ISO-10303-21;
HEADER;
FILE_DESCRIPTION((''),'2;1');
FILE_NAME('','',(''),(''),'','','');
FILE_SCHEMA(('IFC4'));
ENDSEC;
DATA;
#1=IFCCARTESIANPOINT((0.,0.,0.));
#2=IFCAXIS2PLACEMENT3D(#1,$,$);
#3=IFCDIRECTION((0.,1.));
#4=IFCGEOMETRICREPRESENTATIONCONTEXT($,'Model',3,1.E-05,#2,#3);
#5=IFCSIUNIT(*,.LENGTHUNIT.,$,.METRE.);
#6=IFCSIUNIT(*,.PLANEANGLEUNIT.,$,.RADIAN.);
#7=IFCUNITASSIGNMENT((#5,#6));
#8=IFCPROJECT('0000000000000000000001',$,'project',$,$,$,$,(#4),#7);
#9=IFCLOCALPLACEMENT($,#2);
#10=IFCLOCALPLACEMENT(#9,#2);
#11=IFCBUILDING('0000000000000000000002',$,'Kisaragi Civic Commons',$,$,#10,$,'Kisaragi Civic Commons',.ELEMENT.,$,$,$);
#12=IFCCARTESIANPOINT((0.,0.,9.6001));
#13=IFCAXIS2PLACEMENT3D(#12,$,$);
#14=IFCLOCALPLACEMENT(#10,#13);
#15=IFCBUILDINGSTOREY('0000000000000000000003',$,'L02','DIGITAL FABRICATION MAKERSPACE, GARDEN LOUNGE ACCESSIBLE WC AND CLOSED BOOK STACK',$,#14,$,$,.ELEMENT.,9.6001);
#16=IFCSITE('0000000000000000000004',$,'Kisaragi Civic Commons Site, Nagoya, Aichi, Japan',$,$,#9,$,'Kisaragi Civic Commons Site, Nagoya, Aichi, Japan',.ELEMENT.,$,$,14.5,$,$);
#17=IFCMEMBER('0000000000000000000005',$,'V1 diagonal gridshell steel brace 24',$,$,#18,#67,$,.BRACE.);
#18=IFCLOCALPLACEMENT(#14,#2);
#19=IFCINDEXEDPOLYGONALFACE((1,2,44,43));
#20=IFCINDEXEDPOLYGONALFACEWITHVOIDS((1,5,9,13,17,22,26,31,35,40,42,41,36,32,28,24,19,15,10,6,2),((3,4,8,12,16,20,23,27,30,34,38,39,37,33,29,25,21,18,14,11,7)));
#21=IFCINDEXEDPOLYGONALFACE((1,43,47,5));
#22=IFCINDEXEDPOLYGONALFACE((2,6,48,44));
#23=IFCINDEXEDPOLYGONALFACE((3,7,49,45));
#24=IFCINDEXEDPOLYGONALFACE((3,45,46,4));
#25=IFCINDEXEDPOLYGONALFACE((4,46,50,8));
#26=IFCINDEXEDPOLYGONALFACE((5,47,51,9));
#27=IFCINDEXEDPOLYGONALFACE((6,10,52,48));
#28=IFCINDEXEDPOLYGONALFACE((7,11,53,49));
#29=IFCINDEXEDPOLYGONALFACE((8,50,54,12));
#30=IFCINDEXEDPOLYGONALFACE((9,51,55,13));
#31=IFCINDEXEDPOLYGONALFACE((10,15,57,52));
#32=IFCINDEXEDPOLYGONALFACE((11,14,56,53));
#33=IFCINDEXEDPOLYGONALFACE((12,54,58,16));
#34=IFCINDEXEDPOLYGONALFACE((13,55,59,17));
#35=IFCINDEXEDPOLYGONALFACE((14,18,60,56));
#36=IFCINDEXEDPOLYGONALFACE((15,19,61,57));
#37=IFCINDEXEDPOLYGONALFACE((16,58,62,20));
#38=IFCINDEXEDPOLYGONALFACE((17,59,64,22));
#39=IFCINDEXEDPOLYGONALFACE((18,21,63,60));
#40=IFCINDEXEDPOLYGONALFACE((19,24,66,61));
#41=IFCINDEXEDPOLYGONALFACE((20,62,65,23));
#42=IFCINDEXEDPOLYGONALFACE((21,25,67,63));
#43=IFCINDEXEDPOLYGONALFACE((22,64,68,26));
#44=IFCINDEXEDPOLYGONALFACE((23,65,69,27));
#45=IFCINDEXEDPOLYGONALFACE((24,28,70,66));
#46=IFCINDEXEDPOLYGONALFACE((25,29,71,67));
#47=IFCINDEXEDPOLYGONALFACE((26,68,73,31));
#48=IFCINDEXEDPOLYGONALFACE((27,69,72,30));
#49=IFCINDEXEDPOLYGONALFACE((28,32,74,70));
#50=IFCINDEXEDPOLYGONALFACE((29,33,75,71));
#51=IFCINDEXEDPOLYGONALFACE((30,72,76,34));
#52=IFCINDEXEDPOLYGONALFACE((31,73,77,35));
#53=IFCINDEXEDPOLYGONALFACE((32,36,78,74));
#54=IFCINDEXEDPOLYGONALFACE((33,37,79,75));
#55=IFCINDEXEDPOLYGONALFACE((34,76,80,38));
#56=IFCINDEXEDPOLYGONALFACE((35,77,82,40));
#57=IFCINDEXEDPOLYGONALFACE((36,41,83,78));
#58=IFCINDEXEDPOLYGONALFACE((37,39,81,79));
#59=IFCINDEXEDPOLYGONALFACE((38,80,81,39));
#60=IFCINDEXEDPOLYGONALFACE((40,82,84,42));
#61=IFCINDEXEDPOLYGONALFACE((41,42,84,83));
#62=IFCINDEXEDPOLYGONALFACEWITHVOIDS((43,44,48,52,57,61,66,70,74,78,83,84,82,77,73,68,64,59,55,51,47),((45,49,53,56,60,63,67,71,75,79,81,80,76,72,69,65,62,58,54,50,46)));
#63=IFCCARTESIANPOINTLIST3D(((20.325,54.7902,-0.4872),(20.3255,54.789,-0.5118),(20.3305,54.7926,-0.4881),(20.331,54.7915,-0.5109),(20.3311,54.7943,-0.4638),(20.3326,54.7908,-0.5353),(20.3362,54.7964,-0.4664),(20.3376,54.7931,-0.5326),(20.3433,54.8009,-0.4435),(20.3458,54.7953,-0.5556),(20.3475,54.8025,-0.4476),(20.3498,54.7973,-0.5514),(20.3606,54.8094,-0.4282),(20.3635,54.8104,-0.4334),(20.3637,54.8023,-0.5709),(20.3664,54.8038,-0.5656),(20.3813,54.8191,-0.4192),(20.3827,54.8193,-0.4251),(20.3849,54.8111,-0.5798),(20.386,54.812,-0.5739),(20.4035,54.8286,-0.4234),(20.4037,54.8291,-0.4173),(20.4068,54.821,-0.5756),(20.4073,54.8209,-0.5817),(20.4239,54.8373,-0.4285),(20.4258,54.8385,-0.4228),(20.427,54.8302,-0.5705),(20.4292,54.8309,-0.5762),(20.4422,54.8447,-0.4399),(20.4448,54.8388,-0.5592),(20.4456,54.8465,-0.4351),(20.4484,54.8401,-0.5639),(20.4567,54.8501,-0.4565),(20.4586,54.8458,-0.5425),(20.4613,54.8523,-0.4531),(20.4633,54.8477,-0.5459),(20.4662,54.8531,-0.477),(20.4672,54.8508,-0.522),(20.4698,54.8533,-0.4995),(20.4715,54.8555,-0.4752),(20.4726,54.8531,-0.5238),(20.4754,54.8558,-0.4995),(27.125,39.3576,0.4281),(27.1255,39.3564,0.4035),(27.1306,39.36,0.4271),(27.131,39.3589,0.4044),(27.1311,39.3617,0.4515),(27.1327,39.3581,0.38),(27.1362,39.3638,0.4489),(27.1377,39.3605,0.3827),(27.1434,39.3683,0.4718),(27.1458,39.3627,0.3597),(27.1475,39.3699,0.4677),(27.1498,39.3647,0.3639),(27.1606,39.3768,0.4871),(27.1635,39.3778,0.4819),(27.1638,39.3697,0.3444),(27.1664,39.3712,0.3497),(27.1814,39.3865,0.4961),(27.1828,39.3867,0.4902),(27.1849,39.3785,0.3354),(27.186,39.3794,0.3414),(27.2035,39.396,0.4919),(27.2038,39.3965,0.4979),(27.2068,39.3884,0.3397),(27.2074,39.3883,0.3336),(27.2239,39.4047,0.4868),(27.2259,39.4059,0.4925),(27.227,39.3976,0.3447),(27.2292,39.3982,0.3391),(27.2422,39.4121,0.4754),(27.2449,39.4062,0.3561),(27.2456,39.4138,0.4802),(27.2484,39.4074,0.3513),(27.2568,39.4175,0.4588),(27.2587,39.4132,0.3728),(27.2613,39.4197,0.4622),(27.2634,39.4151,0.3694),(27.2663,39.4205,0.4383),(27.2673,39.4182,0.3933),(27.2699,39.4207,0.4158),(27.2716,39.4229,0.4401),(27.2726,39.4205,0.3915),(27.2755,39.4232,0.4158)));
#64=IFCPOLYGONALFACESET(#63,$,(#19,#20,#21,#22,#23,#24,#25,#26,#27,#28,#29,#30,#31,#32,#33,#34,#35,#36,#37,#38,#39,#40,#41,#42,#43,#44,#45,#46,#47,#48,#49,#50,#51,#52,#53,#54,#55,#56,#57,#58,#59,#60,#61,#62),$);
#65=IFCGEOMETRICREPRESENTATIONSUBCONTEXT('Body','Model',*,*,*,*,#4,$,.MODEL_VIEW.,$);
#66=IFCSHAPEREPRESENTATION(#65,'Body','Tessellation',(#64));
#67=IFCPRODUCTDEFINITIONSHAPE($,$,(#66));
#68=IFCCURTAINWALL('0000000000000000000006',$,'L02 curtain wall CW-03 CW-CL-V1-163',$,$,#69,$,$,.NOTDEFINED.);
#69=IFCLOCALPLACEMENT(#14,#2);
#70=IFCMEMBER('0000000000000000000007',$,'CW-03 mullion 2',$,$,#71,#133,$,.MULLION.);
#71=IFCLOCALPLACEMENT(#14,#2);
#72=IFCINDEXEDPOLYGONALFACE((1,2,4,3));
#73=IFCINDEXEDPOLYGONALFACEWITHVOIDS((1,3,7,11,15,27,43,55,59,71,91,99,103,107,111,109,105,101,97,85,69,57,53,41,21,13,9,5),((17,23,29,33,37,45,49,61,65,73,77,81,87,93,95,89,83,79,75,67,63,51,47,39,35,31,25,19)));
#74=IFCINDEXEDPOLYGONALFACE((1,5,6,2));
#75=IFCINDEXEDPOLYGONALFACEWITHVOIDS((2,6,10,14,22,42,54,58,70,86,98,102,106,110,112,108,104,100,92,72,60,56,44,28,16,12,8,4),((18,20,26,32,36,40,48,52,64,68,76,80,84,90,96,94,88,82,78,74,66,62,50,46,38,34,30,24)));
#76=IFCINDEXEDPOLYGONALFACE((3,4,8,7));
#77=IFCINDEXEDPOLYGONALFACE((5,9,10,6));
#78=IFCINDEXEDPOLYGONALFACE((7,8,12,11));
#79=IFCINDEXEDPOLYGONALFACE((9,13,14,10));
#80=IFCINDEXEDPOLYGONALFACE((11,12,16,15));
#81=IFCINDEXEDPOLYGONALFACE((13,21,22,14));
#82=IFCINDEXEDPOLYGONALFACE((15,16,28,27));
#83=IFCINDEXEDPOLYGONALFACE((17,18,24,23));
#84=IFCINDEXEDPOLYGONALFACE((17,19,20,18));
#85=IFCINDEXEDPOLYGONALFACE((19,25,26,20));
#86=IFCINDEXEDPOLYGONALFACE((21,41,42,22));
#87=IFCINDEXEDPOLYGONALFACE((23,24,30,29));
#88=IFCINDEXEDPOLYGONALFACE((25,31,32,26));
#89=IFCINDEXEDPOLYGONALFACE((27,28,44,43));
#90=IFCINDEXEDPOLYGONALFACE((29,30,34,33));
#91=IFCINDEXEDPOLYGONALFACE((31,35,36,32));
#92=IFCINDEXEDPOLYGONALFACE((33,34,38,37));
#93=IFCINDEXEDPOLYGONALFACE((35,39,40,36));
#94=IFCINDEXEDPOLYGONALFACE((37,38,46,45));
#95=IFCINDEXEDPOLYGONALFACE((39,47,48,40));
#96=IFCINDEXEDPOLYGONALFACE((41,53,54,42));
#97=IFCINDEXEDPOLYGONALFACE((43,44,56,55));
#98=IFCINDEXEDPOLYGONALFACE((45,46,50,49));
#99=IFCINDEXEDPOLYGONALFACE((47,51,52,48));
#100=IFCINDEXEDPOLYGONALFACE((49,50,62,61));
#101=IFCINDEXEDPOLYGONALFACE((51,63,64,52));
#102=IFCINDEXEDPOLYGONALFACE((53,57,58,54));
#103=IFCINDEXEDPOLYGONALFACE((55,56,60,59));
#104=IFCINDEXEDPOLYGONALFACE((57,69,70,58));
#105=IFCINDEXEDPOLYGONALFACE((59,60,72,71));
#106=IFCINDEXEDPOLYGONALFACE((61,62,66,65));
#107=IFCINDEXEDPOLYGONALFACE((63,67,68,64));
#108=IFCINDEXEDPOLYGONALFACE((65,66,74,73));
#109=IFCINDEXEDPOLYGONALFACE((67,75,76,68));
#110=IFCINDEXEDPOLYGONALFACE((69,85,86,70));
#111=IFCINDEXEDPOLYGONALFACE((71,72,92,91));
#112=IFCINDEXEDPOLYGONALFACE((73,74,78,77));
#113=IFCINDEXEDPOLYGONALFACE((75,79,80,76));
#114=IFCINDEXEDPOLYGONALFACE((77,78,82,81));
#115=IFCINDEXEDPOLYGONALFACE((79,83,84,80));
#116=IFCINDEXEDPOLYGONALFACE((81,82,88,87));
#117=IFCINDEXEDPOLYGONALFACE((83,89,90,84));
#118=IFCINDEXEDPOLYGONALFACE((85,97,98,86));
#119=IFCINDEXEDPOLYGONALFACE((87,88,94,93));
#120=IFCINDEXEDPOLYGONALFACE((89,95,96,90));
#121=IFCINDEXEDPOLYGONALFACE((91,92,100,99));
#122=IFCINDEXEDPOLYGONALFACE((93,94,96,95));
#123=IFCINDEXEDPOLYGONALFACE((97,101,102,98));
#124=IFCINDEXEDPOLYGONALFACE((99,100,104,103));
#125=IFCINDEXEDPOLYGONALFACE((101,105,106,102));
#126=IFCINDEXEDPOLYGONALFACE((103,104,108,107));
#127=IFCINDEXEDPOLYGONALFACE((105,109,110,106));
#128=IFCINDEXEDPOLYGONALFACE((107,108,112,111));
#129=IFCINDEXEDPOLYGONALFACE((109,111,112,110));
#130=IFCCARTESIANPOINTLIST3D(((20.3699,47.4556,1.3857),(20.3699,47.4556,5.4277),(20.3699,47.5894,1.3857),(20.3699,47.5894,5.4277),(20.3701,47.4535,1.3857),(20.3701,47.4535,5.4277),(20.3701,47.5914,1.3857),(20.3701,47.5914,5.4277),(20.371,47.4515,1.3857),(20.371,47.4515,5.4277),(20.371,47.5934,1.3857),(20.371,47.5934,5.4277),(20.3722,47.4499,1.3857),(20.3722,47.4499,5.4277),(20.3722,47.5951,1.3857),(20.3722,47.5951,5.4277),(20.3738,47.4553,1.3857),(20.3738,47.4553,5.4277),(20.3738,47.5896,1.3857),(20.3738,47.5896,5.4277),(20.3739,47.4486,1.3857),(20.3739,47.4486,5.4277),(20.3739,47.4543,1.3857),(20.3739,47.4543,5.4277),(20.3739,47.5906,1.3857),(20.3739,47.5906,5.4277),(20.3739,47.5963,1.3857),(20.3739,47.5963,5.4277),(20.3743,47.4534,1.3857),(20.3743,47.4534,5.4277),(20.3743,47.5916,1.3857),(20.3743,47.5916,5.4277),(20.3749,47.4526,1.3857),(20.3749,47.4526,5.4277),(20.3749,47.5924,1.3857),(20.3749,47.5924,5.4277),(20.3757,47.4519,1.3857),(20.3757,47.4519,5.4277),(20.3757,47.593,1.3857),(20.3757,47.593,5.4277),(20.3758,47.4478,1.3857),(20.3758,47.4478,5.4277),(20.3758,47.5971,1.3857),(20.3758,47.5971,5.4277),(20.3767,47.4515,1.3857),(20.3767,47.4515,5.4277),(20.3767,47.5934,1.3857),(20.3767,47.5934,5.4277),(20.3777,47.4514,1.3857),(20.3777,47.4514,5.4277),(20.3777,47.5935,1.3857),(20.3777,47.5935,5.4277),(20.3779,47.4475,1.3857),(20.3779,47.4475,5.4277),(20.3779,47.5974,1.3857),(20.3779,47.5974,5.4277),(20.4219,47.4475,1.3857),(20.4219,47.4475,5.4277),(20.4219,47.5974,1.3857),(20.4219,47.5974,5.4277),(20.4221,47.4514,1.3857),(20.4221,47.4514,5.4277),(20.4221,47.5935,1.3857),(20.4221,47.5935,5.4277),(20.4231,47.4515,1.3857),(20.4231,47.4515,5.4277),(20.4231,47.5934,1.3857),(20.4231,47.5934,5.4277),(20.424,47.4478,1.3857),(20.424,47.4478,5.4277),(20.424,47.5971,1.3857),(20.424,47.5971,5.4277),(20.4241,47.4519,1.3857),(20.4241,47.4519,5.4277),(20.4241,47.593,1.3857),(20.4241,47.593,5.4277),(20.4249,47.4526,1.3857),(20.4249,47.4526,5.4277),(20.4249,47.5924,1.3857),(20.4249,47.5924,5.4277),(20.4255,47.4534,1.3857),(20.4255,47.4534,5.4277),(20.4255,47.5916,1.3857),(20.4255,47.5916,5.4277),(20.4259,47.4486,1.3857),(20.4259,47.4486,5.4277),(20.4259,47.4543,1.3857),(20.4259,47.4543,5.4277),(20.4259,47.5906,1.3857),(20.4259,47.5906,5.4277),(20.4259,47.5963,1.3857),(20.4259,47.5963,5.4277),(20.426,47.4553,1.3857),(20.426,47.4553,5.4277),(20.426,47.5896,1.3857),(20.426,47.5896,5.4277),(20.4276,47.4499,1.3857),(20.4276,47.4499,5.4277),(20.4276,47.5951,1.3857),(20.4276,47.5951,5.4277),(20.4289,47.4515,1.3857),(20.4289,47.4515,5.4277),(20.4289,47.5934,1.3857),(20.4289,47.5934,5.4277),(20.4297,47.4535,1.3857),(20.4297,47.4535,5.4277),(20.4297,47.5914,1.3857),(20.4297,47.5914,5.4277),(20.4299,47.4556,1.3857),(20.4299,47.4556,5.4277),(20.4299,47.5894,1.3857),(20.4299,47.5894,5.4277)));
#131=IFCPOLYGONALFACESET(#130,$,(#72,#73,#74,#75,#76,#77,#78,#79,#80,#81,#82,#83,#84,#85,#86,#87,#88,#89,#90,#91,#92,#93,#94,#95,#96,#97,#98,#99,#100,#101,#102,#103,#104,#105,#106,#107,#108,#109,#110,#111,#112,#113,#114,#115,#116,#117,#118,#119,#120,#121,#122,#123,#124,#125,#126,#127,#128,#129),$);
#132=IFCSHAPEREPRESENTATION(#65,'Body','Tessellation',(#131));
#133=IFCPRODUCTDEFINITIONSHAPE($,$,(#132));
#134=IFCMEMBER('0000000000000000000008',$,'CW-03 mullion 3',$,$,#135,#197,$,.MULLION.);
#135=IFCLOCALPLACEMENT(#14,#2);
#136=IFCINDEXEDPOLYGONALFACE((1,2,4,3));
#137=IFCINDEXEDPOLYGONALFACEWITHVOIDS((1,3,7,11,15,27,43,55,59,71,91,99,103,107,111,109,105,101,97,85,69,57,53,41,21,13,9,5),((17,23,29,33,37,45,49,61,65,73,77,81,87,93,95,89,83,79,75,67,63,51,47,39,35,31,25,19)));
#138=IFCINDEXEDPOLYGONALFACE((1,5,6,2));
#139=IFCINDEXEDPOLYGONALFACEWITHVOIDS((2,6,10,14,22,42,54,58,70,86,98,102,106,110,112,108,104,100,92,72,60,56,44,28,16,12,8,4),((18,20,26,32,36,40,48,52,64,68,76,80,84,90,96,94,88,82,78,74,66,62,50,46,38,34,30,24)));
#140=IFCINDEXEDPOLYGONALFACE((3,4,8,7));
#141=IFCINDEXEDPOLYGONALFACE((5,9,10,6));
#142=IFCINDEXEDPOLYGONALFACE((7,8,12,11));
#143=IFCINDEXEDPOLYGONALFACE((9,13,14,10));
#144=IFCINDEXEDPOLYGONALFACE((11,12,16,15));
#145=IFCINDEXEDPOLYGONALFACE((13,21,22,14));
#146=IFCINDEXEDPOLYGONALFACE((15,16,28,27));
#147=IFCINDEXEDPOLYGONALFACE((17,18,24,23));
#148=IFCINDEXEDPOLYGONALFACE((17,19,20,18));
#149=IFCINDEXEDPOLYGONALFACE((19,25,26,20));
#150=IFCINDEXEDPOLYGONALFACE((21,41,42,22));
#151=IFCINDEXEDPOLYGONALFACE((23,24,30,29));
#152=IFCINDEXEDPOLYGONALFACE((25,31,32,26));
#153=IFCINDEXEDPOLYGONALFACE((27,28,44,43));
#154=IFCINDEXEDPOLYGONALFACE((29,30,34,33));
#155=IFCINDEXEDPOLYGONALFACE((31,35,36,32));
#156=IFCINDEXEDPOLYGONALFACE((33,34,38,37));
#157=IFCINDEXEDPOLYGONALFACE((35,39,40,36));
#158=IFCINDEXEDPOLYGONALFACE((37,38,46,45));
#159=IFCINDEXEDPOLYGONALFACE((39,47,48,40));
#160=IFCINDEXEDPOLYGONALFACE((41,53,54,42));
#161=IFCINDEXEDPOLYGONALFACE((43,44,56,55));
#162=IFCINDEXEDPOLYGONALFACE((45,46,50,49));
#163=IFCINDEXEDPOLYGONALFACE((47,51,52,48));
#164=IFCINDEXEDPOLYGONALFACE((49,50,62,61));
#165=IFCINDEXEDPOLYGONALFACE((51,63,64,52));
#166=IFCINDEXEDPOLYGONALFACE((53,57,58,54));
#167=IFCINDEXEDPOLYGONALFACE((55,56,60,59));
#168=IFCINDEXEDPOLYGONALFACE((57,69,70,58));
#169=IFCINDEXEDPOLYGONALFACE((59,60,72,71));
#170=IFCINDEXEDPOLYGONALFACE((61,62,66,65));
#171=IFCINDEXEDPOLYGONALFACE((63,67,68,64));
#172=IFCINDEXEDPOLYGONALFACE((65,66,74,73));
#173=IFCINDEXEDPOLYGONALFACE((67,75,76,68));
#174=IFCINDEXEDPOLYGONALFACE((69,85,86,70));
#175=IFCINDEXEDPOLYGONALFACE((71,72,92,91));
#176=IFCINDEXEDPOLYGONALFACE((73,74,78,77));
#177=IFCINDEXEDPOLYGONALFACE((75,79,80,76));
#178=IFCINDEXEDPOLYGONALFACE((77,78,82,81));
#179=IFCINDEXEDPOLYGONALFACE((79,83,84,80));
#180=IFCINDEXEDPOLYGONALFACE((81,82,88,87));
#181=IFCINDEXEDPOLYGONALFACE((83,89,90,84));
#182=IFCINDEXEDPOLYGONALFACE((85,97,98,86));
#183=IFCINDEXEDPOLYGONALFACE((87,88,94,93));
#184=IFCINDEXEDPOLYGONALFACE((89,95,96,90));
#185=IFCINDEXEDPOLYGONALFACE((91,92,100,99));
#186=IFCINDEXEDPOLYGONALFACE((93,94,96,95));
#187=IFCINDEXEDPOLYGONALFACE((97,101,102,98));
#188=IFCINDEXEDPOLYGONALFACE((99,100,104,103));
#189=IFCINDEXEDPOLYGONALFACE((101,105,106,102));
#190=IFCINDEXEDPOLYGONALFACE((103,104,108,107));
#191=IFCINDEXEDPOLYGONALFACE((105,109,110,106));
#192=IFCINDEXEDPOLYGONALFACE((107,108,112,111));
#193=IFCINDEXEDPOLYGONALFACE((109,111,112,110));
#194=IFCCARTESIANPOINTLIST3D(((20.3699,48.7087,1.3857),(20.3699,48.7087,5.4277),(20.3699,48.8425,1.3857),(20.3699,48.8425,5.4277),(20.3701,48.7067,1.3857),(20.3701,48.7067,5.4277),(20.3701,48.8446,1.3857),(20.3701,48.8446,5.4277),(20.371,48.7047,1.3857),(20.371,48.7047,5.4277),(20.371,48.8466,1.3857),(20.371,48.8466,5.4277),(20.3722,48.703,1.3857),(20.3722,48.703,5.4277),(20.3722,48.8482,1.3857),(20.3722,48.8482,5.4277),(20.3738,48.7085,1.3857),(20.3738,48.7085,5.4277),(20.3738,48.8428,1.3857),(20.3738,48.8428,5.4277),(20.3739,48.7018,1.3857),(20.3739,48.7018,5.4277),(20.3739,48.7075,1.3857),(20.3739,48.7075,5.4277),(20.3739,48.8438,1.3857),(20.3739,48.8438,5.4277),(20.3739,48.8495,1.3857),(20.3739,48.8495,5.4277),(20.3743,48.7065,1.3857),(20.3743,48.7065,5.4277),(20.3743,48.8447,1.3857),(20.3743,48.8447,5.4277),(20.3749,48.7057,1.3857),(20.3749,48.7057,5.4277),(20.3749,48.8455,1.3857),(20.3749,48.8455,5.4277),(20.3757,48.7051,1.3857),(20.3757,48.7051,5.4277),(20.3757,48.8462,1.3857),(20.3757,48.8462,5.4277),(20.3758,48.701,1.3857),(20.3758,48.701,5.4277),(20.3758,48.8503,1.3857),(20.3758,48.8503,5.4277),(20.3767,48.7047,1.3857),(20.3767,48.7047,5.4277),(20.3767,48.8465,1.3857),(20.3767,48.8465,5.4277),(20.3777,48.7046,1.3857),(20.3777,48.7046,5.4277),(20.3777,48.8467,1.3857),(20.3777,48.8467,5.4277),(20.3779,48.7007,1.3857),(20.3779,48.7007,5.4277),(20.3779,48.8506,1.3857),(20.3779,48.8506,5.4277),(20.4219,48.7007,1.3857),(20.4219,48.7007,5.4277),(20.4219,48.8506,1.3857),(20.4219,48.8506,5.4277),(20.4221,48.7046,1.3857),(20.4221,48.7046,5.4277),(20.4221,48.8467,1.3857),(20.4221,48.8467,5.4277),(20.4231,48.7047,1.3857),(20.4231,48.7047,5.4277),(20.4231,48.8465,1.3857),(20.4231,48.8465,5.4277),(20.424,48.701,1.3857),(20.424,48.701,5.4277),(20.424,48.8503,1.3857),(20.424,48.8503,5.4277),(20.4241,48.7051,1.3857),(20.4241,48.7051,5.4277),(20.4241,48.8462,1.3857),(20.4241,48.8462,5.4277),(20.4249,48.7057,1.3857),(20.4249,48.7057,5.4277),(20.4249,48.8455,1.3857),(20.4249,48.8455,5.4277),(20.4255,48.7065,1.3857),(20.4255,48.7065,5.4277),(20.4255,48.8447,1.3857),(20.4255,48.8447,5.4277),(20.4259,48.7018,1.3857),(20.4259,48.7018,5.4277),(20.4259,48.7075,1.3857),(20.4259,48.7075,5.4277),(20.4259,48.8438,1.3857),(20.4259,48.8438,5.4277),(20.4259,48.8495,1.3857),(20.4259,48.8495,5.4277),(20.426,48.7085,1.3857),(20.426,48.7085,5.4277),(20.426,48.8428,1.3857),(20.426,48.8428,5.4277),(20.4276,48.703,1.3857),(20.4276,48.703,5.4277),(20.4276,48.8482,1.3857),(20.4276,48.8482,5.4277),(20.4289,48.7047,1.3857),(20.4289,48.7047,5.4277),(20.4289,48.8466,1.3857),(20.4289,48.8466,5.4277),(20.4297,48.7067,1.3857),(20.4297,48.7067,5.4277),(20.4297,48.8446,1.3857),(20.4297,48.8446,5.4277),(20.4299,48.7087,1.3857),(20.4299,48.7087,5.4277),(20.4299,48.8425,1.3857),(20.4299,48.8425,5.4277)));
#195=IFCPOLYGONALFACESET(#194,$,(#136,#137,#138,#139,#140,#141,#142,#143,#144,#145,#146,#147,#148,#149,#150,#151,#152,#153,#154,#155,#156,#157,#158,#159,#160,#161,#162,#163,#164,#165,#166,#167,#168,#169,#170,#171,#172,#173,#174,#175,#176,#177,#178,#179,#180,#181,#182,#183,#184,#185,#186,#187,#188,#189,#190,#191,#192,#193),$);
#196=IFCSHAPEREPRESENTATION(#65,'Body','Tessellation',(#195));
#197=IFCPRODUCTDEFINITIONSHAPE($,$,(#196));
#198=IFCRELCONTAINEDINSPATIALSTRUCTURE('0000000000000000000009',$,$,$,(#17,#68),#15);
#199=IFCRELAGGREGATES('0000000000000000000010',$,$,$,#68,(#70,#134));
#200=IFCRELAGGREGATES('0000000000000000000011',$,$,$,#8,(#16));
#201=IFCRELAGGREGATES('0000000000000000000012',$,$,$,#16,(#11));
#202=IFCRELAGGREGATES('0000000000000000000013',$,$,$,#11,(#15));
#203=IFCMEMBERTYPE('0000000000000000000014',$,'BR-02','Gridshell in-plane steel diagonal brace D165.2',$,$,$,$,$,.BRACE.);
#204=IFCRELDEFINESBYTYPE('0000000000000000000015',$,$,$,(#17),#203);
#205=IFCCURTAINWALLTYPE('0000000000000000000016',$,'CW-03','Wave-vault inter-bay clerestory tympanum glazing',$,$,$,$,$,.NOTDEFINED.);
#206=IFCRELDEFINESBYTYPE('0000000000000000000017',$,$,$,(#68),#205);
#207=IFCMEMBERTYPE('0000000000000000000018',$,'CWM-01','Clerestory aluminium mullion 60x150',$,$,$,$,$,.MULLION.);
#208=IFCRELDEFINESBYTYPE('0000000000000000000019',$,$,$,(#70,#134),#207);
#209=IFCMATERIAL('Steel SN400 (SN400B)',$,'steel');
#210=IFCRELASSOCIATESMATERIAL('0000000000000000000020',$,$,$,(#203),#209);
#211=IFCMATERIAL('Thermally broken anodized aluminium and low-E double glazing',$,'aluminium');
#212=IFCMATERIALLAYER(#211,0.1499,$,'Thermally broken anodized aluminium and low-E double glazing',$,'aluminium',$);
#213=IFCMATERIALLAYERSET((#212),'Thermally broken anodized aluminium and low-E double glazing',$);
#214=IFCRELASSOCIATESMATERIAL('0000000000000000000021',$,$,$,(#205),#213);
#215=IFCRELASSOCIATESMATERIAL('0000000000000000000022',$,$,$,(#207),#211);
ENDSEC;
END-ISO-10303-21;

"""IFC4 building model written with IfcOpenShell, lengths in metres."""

from ifc_helpers import new_model, si_unit, direction, frame, origin, origin_2d, place, context, subcontext, project, spatial, hollow_rectangle, hollow_circle, extrude, material, layer, layer_set, material_profile, profile_set, type_object, element, aggregate, save


model = new_model("IFC4")

# Units and contexts
model_context = context("Model", 3, precision=1e-05, world=origin(), true_north=direction((0.0, 1.0)))
body_context = subcontext(model_context, "Body", "Model", "MODEL_VIEW")
ifc_project = project(units=[si_unit("LENGTHUNIT", "METRE"), si_unit("PLANEANGLEUNIT", "RADIAN")], contexts=[model_context])

# Site, building, storey
site_placement = place(None, origin())
site = spatial("IfcSite", under=ifc_project, at=site_placement, Name="Kisaragi Civic Commons Site, Nagoya, Aichi, Japan", LongName="Kisaragi Civic Commons Site, Nagoya, Aichi, Japan", CompositionType="ELEMENT", RefElevation=14.5)
building_placement = place(site_placement, origin())
building = spatial("IfcBuilding", under=site, at=building_placement, Name="Kisaragi Civic Commons", LongName="Kisaragi Civic Commons", CompositionType="ELEMENT")
storey_placement = place(building_placement, frame((0.0, 0.0, 9.6001)))
storey = spatial("IfcBuildingStorey", under=building, at=storey_placement, Name="L02", Description="DIGITAL FABRICATION MAKERSPACE, GARDEN LOUNGE ACCESSIBLE WC AND CLOSED BOOK STACK", CompositionType="ELEMENT", Elevation=9.6001)

# Member
ifc_material_1 = material(Name="Steel SN400 (SN400B)", Category="steel")
ifc_material_profile_1 = material_profile(ifc_material_1, hollow_circle(Radius=0.0825, WallThickness=0.0061, at=origin_2d()), Name="CHS-165.2x6.0", Category="steel")
ifc_profile_set_1 = profile_set([ifc_material_profile_1], Name="Steel SN400 (SN400B)")
member_type_1 = type_object("IfcMemberType", Name="BR-02", Description="Gridshell in-plane steel diagonal brace D165.2", PredefinedType="BRACE", material=ifc_profile_set_1)
member_1_placement = place(storey_placement, frame((20.3999, 54.8225, -0.4995), z_axis=(0.402628, -0.913758, 0.054193), x_axis=(0.915103, 0.40322, 0.0)))
element("IfcMember", 1, at=member_1_placement, inside=storey, type_object=member_type_1, Name="V1 diagonal gridshell steel brace 24", PredefinedType="BRACE", context=body_context, shape_type="SweptSolid", body=[
    extrude(hollow_circle(Radius=0.0825, WallThickness=0.0061, at=origin_2d()), origin(), (0.0, 0.0, 1.0), 16.8892),
])

# Curtain wall, members
ifc_material_2 = material(Name="Thermally broken anodized aluminium and low-E double glazing", Category="aluminium")
ifc_layer_1 = layer(ifc_material_2, 0.1499, Name="Thermally broken anodized aluminium and low-E double glazing", Category="aluminium")
ifc_layer_set_1 = layer_set([ifc_layer_1], Name="Thermally broken anodized aluminium and low-E double glazing")
curtain_wall_type = type_object("IfcCurtainWallType", Name="CW-03", Description="Wave-vault inter-bay clerestory tympanum glazing", PredefinedType="NOTDEFINED", material=ifc_layer_set_1)
curtain_wall_placement = place(storey_placement, origin())
curtain_wall = element("IfcCurtainWall", 2, at=curtain_wall_placement, inside=storey, type_object=curtain_wall_type, Name="L02 curtain wall CW-03 CW-CL-V1-163", PredefinedType="NOTDEFINED")
ifc_material_profile_2 = material_profile(ifc_material_2, hollow_rectangle(XDim=0.0601, YDim=0.1499, WallThickness=0.0039, InnerFilletRadius=0.0039, OuterFilletRadius=0.0081, at=origin_2d()), Name="CWM-60x150x4", Category="aluminium")
ifc_profile_set_2 = profile_set([ifc_material_profile_2], Name="Thermally broken anodized aluminium and low-E double glazing")
member_type_2 = type_object("IfcMemberType", Name="CWM-01", Description="Clerestory aluminium mullion 60x150", PredefinedType="MULLION", material=ifc_profile_set_2)
member_2_placement = place(storey_placement, frame((20.3999, 47.5225, 1.3857), z_axis=(0.0, 0.0, 1.0), x_axis=(-1.0, 0.0, 0.0)))
member_2 = element("IfcMember", 3, at=member_2_placement, type_object=member_type_2, Name="CW-03 mullion 2", PredefinedType="MULLION", context=body_context, shape_type="SweptSolid", body=[
    extrude(hollow_rectangle(XDim=0.0601, YDim=0.1499, WallThickness=0.0039, InnerFilletRadius=0.0039, OuterFilletRadius=0.0081, at=origin_2d()), origin(), (0.0, 0.0, 1.0), 4.042),
])
member_3_placement = place(storey_placement, frame((20.3999, 48.7756, 1.3857), z_axis=(0.0, 0.0, 1.0), x_axis=(-1.0, 0.0, 0.0)))
member_3 = element("IfcMember", 4, at=member_3_placement, type_object=member_type_2, Name="CW-03 mullion 3", PredefinedType="MULLION", context=body_context, shape_type="SweptSolid", body=[
    extrude(hollow_rectangle(XDim=0.0601, YDim=0.1499, WallThickness=0.0039, InnerFilletRadius=0.0039, OuterFilletRadius=0.0081, at=origin_2d()), origin(), (0.0, 0.0, 1.0), 4.042),
])

aggregate(curtain_wall, [member_2, member_3])

save(model, "model.ifc")
